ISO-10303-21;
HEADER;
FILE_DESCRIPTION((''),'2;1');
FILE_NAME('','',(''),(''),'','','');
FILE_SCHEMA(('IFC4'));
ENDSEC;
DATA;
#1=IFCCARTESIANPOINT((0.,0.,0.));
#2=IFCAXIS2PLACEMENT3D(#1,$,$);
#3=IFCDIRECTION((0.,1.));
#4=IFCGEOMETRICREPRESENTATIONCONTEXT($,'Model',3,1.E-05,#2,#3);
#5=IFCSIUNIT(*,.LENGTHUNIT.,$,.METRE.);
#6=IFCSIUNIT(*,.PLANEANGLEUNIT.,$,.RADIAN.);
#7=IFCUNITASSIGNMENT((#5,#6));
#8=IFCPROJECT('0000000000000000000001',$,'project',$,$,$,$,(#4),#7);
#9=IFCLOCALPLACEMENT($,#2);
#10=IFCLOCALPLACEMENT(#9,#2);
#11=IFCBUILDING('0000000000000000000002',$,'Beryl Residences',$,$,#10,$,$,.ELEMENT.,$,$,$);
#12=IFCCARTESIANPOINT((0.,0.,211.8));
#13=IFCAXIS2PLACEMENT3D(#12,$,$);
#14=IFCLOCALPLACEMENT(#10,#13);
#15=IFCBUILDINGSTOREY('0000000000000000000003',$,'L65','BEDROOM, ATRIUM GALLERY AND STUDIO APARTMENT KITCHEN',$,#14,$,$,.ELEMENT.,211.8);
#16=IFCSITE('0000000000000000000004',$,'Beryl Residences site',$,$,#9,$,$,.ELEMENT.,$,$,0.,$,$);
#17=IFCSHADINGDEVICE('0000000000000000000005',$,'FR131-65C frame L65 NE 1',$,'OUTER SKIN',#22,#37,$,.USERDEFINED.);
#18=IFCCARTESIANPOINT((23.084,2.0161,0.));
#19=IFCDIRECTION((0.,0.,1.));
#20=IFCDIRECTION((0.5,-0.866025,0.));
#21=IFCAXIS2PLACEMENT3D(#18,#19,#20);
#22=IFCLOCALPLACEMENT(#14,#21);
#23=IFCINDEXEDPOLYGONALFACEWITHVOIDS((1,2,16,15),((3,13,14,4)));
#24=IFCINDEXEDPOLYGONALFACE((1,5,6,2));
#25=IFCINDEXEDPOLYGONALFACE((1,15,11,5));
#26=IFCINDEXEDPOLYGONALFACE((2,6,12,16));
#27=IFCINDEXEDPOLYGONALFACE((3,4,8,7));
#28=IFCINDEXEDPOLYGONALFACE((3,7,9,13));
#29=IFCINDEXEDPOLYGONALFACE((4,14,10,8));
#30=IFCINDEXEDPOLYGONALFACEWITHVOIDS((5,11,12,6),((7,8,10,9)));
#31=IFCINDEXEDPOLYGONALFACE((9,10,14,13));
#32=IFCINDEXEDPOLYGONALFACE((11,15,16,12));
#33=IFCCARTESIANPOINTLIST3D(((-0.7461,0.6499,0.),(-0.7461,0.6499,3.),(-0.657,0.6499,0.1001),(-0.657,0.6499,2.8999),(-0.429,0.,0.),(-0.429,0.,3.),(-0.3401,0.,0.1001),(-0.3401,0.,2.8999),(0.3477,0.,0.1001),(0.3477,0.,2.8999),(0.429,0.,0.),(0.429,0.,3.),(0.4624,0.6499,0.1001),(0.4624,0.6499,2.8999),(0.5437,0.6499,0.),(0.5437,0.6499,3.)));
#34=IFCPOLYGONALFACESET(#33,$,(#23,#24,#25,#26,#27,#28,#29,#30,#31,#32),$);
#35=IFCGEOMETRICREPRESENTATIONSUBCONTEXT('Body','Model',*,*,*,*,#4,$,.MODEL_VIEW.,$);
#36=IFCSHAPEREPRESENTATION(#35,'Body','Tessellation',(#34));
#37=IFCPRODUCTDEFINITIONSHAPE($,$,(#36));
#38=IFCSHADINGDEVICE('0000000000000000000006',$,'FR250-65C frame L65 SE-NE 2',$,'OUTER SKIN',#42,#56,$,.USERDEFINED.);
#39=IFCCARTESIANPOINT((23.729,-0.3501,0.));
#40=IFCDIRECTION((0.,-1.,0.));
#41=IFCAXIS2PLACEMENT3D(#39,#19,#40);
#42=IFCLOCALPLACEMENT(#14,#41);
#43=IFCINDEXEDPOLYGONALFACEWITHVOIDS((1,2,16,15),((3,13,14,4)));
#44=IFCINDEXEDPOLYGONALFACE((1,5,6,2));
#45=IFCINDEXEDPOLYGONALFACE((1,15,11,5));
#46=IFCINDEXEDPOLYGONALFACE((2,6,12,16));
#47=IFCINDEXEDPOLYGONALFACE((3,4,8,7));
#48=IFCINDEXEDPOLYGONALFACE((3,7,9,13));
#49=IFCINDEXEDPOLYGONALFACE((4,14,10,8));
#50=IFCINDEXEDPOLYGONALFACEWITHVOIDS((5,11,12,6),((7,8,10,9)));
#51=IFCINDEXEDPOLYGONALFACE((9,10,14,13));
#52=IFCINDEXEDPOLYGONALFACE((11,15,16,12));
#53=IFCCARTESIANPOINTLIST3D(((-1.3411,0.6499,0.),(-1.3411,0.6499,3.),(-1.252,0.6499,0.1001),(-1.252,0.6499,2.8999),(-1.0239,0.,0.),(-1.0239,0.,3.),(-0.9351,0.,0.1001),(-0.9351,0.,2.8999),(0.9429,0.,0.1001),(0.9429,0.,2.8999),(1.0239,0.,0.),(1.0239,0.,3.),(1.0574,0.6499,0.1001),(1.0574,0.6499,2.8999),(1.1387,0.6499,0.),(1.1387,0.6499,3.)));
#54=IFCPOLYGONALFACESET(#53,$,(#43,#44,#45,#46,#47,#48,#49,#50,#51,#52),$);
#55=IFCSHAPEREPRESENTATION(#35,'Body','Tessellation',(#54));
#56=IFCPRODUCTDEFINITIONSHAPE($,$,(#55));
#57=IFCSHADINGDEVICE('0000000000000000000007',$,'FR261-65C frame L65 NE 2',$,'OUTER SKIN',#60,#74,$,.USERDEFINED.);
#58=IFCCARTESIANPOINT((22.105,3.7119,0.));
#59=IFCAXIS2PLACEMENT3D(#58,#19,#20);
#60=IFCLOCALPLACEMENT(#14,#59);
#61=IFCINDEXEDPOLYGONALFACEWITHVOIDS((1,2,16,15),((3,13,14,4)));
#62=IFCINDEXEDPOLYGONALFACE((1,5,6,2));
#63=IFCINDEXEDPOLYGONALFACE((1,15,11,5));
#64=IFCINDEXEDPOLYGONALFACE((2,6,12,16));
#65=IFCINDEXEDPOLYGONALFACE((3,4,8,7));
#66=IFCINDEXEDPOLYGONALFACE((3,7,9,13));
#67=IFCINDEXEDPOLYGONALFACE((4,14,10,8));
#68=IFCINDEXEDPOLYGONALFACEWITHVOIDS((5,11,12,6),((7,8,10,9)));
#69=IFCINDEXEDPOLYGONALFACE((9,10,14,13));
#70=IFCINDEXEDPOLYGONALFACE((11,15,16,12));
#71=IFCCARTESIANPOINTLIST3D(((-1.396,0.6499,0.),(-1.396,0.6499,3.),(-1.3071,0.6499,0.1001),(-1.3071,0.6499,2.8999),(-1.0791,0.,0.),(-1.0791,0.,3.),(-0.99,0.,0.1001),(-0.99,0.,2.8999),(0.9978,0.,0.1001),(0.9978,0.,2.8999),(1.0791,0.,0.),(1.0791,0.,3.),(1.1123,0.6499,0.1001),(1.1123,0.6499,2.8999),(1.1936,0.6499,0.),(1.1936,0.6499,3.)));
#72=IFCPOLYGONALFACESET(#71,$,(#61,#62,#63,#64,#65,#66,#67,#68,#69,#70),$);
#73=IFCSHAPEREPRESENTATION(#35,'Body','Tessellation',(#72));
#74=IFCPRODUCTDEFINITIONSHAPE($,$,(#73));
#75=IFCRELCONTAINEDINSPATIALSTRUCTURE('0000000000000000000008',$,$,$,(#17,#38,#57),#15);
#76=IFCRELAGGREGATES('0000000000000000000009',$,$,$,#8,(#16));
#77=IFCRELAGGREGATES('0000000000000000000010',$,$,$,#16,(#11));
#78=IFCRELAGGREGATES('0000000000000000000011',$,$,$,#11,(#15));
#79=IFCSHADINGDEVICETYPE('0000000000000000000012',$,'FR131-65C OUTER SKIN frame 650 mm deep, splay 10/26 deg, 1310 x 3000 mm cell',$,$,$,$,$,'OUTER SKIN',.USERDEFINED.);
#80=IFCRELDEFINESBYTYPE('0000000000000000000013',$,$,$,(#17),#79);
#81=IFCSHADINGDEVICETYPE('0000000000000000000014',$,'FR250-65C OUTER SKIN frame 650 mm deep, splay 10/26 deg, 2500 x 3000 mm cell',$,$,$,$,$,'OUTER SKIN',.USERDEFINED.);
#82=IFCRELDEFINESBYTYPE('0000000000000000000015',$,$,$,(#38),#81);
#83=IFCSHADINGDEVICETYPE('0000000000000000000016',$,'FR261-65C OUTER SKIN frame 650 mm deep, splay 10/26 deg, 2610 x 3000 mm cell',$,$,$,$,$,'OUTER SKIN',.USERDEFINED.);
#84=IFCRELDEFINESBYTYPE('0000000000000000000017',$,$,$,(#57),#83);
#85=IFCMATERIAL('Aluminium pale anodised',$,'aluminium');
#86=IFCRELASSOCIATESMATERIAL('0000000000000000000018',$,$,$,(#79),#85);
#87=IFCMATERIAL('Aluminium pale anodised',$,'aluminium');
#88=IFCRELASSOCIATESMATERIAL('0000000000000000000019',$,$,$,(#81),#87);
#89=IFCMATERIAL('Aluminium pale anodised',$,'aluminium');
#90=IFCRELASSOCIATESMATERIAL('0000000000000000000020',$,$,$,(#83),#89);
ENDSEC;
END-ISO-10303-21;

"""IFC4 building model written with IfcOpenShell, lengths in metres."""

from ifc_helpers import new_model, entity, si_unit, direction, frame, origin, place, context, subcontext, project, spatial, source, transform, mapped, material, type_object, type_shapes, element, save


model = new_model("IFC4")

# Units and contexts
model_context = context("Model", 3, precision=1e-05, world=origin(), true_north=direction((0.0, 1.0)))
body_context = subcontext(model_context, "Body", "Model", "MODEL_VIEW")
ifc_project = project(units=[si_unit("LENGTHUNIT", "METRE"), si_unit("PLANEANGLEUNIT", "RADIAN")], contexts=[model_context])

# Site, building, storey
site_placement = place(None, origin())
site = spatial("IfcSite", under=ifc_project, at=site_placement, Name="Beryl Residences site", CompositionType="ELEMENT", RefElevation=0.0)
building_placement = place(site_placement, origin())
building = spatial("IfcBuilding", under=site, at=building_placement, Name="Beryl Residences", CompositionType="ELEMENT")
storey_placement = place(building_placement, frame((0.0, 0.0, 211.8)))
storey = spatial("IfcBuildingStorey", under=building, at=storey_placement, Name="L65", Description="BEDROOM, ATRIUM GALLERY AND STUDIO APARTMENT KITCHEN", CompositionType="ELEMENT", Elevation=211.8)

# Shading devices
ifc_material_1 = material(Name="Aluminium pale anodised", Category="aluminium")
shading_device_type_1 = type_object("IfcShadingDeviceType", Name="FR131-65C OUTER SKIN frame 650 mm deep, splay 10/26 deg, 1310 x 3000 mm cell", ElementType="OUTER SKIN", PredefinedType="USERDEFINED", material=ifc_material_1)
cartesian_point_1 = entity("IfcCartesianPoint", [-0.429, 0.0])
cartesian_point_2 = entity("IfcCartesianPoint", [-0.3477, 0.1001])
cartesian_point_3 = entity("IfcCartesianPoint", [-0.5437, 0.0])
cartesian_point_4 = entity("IfcCartesianPoint", [-0.4624, 0.1001])
shared_shape_1 = source(origin(), body_context, "Body", "SweptSolid", [
    entity("IfcExtrudedAreaSolidTapered", entity("IfcArbitraryProfileDefWithVoids", "AREA", None, entity("IfcPolyline", [cartesian_point_1, entity("IfcCartesianPoint", [0.429, 0.0]), entity("IfcCartesianPoint", [0.429, 3.0]), entity("IfcCartesianPoint", [-0.429, 3.0]), cartesian_point_1]), [entity("IfcPolyline", [cartesian_point_2, entity("IfcCartesianPoint", [0.3401, 0.1001]), entity("IfcCartesianPoint", [0.3401, 2.8999]), entity("IfcCartesianPoint", [-0.3477, 2.8999]), cartesian_point_2])]), entity("IfcAxis2Placement3D", entity("IfcCartesianPoint", [0.0, 0.0, 0.0]), entity("IfcDirection", [0.0, 1.0, 0.0]), entity("IfcDirection", [-1.0, 0.0, 0.0])), entity("IfcDirection", [0.0, 0.0, 1.0]), 0.6499, entity("IfcArbitraryProfileDefWithVoids", "AREA", None, entity("IfcPolyline", [cartesian_point_3, entity("IfcCartesianPoint", [0.7461, 0.0]), entity("IfcCartesianPoint", [0.7461, 3.0]), entity("IfcCartesianPoint", [-0.5437, 3.0]), cartesian_point_3]), [entity("IfcPolyline", [cartesian_point_4, entity("IfcCartesianPoint", [0.657, 0.1001]), entity("IfcCartesianPoint", [0.657, 2.8999]), entity("IfcCartesianPoint", [-0.4624, 2.8999]), cartesian_point_4])])),
])
type_shapes(shading_device_type_1, [shared_shape_1])
shading_device_1_placement = place(storey_placement, frame((23.084, 2.0161, 0.0), z_axis=(0.0, 0.0, 1.0), x_axis=(0.5, -0.866025, 0.0)))
element("IfcShadingDevice", 1, at=shading_device_1_placement, inside=storey, type_object=shading_device_type_1, Name="FR131-65C frame L65 NE 1", ObjectType="OUTER SKIN", PredefinedType="USERDEFINED", context=body_context, shape_type="MappedRepresentation", body=[
    mapped(shared_shape_1, transform((0.0, 0.0, 0.0))),
])
ifc_material_2 = material(Name="Aluminium pale anodised", Category="aluminium")
shading_device_type_2 = type_object("IfcShadingDeviceType", Name="FR250-65C OUTER SKIN frame 650 mm deep, splay 10/26 deg, 2500 x 3000 mm cell", ElementType="OUTER SKIN", PredefinedType="USERDEFINED", material=ifc_material_2)
cartesian_point_5 = entity("IfcCartesianPoint", [-1.0239, 0.0])
cartesian_point_6 = entity("IfcCartesianPoint", [-0.9429, 0.1001])
cartesian_point_7 = entity("IfcCartesianPoint", [-1.1387, 0.0])
cartesian_point_8 = entity("IfcCartesianPoint", [-1.0574, 0.1001])
shared_shape_2 = source(origin(), body_context, "Body", "SweptSolid", [
    entity("IfcExtrudedAreaSolidTapered", entity("IfcArbitraryProfileDefWithVoids", "AREA", None, entity("IfcPolyline", [cartesian_point_5, entity("IfcCartesianPoint", [1.0239, 0.0]), entity("IfcCartesianPoint", [1.0239, 3.0]), entity("IfcCartesianPoint", [-1.0239, 3.0]), cartesian_point_5]), [entity("IfcPolyline", [cartesian_point_6, entity("IfcCartesianPoint", [0.9351, 0.1001]), entity("IfcCartesianPoint", [0.9351, 2.8999]), entity("IfcCartesianPoint", [-0.9429, 2.8999]), cartesian_point_6])]), entity("IfcAxis2Placement3D", entity("IfcCartesianPoint", [0.0, 0.0, 0.0]), entity("IfcDirection", [0.0, 1.0, 0.0]), entity("IfcDirection", [-1.0, 0.0, 0.0])), entity("IfcDirection", [0.0, 0.0, 1.0]), 0.6499, entity("IfcArbitraryProfileDefWithVoids", "AREA", None, entity("IfcPolyline", [cartesian_point_7, entity("IfcCartesianPoint", [1.3411, 0.0]), entity("IfcCartesianPoint", [1.3411, 3.0]), entity("IfcCartesianPoint", [-1.1387, 3.0]), cartesian_point_7]), [entity("IfcPolyline", [cartesian_point_8, entity("IfcCartesianPoint", [1.252, 0.1001]), entity("IfcCartesianPoint", [1.252, 2.8999]), entity("IfcCartesianPoint", [-1.0574, 2.8999]), cartesian_point_8])])),
])
type_shapes(shading_device_type_2, [shared_shape_2])
shading_device_2_placement = place(storey_placement, frame((23.729, -0.3501, 0.0), z_axis=(0.0, 0.0, 1.0), x_axis=(0.0, -1.0, 0.0)))
element("IfcShadingDevice", 2, at=shading_device_2_placement, inside=storey, type_object=shading_device_type_2, Name="FR250-65C frame L65 SE-NE 2", ObjectType="OUTER SKIN", PredefinedType="USERDEFINED", context=body_context, shape_type="MappedRepresentation", body=[
    mapped(shared_shape_2, transform((0.0, 0.0, 0.0))),
])
ifc_material_3 = material(Name="Aluminium pale anodised", Category="aluminium")
shading_device_type_3 = type_object("IfcShadingDeviceType", Name="FR261-65C OUTER SKIN frame 650 mm deep, splay 10/26 deg, 2610 x 3000 mm cell", ElementType="OUTER SKIN", PredefinedType="USERDEFINED", material=ifc_material_3)
cartesian_point_9 = entity("IfcCartesianPoint", [-1.0791, 0.0])
cartesian_point_10 = entity("IfcCartesianPoint", [-0.9978, 0.1001])
cartesian_point_11 = entity("IfcCartesianPoint", [-1.1936, 0.0])
cartesian_point_12 = entity("IfcCartesianPoint", [-1.1123, 0.1001])
shared_shape_3 = source(origin(), body_context, "Body", "SweptSolid", [
    entity("IfcExtrudedAreaSolidTapered", entity("IfcArbitraryProfileDefWithVoids", "AREA", None, entity("IfcPolyline", [cartesian_point_9, entity("IfcCartesianPoint", [1.0791, 0.0]), entity("IfcCartesianPoint", [1.0791, 3.0]), entity("IfcCartesianPoint", [-1.0791, 3.0]), cartesian_point_9]), [entity("IfcPolyline", [cartesian_point_10, entity("IfcCartesianPoint", [0.99, 0.1001]), entity("IfcCartesianPoint", [0.99, 2.8999]), entity("IfcCartesianPoint", [-0.9978, 2.8999]), cartesian_point_10])]), entity("IfcAxis2Placement3D", entity("IfcCartesianPoint", [0.0, 0.0, 0.0]), entity("IfcDirection", [0.0, 1.0, 0.0]), entity("IfcDirection", [-1.0, 0.0, 0.0])), entity("IfcDirection", [0.0, 0.0, 1.0]), 0.6499, entity("IfcArbitraryProfileDefWithVoids", "AREA", None, entity("IfcPolyline", [cartesian_point_11, entity("IfcCartesianPoint", [1.396, 0.0]), entity("IfcCartesianPoint", [1.396, 3.0]), entity("IfcCartesianPoint", [-1.1936, 3.0]), cartesian_point_11]), [entity("IfcPolyline", [cartesian_point_12, entity("IfcCartesianPoint", [1.3071, 0.1001]), entity("IfcCartesianPoint", [1.3071, 2.8999]), entity("IfcCartesianPoint", [-1.1123, 2.8999]), cartesian_point_12])])),
])
type_shapes(shading_device_type_3, [shared_shape_3])
shading_device_3_placement = place(storey_placement, frame((22.105, 3.7119, 0.0), z_axis=(0.0, 0.0, 1.0), x_axis=(0.5, -0.866025, 0.0)))
element("IfcShadingDevice", 3, at=shading_device_3_placement, inside=storey, type_object=shading_device_type_3, Name="FR261-65C frame L65 NE 2", ObjectType="OUTER SKIN", PredefinedType="USERDEFINED", context=body_context, shape_type="MappedRepresentation", body=[
    mapped(shared_shape_3, transform((0.0, 0.0, 0.0))),
])

save(model, "model.ifc")
